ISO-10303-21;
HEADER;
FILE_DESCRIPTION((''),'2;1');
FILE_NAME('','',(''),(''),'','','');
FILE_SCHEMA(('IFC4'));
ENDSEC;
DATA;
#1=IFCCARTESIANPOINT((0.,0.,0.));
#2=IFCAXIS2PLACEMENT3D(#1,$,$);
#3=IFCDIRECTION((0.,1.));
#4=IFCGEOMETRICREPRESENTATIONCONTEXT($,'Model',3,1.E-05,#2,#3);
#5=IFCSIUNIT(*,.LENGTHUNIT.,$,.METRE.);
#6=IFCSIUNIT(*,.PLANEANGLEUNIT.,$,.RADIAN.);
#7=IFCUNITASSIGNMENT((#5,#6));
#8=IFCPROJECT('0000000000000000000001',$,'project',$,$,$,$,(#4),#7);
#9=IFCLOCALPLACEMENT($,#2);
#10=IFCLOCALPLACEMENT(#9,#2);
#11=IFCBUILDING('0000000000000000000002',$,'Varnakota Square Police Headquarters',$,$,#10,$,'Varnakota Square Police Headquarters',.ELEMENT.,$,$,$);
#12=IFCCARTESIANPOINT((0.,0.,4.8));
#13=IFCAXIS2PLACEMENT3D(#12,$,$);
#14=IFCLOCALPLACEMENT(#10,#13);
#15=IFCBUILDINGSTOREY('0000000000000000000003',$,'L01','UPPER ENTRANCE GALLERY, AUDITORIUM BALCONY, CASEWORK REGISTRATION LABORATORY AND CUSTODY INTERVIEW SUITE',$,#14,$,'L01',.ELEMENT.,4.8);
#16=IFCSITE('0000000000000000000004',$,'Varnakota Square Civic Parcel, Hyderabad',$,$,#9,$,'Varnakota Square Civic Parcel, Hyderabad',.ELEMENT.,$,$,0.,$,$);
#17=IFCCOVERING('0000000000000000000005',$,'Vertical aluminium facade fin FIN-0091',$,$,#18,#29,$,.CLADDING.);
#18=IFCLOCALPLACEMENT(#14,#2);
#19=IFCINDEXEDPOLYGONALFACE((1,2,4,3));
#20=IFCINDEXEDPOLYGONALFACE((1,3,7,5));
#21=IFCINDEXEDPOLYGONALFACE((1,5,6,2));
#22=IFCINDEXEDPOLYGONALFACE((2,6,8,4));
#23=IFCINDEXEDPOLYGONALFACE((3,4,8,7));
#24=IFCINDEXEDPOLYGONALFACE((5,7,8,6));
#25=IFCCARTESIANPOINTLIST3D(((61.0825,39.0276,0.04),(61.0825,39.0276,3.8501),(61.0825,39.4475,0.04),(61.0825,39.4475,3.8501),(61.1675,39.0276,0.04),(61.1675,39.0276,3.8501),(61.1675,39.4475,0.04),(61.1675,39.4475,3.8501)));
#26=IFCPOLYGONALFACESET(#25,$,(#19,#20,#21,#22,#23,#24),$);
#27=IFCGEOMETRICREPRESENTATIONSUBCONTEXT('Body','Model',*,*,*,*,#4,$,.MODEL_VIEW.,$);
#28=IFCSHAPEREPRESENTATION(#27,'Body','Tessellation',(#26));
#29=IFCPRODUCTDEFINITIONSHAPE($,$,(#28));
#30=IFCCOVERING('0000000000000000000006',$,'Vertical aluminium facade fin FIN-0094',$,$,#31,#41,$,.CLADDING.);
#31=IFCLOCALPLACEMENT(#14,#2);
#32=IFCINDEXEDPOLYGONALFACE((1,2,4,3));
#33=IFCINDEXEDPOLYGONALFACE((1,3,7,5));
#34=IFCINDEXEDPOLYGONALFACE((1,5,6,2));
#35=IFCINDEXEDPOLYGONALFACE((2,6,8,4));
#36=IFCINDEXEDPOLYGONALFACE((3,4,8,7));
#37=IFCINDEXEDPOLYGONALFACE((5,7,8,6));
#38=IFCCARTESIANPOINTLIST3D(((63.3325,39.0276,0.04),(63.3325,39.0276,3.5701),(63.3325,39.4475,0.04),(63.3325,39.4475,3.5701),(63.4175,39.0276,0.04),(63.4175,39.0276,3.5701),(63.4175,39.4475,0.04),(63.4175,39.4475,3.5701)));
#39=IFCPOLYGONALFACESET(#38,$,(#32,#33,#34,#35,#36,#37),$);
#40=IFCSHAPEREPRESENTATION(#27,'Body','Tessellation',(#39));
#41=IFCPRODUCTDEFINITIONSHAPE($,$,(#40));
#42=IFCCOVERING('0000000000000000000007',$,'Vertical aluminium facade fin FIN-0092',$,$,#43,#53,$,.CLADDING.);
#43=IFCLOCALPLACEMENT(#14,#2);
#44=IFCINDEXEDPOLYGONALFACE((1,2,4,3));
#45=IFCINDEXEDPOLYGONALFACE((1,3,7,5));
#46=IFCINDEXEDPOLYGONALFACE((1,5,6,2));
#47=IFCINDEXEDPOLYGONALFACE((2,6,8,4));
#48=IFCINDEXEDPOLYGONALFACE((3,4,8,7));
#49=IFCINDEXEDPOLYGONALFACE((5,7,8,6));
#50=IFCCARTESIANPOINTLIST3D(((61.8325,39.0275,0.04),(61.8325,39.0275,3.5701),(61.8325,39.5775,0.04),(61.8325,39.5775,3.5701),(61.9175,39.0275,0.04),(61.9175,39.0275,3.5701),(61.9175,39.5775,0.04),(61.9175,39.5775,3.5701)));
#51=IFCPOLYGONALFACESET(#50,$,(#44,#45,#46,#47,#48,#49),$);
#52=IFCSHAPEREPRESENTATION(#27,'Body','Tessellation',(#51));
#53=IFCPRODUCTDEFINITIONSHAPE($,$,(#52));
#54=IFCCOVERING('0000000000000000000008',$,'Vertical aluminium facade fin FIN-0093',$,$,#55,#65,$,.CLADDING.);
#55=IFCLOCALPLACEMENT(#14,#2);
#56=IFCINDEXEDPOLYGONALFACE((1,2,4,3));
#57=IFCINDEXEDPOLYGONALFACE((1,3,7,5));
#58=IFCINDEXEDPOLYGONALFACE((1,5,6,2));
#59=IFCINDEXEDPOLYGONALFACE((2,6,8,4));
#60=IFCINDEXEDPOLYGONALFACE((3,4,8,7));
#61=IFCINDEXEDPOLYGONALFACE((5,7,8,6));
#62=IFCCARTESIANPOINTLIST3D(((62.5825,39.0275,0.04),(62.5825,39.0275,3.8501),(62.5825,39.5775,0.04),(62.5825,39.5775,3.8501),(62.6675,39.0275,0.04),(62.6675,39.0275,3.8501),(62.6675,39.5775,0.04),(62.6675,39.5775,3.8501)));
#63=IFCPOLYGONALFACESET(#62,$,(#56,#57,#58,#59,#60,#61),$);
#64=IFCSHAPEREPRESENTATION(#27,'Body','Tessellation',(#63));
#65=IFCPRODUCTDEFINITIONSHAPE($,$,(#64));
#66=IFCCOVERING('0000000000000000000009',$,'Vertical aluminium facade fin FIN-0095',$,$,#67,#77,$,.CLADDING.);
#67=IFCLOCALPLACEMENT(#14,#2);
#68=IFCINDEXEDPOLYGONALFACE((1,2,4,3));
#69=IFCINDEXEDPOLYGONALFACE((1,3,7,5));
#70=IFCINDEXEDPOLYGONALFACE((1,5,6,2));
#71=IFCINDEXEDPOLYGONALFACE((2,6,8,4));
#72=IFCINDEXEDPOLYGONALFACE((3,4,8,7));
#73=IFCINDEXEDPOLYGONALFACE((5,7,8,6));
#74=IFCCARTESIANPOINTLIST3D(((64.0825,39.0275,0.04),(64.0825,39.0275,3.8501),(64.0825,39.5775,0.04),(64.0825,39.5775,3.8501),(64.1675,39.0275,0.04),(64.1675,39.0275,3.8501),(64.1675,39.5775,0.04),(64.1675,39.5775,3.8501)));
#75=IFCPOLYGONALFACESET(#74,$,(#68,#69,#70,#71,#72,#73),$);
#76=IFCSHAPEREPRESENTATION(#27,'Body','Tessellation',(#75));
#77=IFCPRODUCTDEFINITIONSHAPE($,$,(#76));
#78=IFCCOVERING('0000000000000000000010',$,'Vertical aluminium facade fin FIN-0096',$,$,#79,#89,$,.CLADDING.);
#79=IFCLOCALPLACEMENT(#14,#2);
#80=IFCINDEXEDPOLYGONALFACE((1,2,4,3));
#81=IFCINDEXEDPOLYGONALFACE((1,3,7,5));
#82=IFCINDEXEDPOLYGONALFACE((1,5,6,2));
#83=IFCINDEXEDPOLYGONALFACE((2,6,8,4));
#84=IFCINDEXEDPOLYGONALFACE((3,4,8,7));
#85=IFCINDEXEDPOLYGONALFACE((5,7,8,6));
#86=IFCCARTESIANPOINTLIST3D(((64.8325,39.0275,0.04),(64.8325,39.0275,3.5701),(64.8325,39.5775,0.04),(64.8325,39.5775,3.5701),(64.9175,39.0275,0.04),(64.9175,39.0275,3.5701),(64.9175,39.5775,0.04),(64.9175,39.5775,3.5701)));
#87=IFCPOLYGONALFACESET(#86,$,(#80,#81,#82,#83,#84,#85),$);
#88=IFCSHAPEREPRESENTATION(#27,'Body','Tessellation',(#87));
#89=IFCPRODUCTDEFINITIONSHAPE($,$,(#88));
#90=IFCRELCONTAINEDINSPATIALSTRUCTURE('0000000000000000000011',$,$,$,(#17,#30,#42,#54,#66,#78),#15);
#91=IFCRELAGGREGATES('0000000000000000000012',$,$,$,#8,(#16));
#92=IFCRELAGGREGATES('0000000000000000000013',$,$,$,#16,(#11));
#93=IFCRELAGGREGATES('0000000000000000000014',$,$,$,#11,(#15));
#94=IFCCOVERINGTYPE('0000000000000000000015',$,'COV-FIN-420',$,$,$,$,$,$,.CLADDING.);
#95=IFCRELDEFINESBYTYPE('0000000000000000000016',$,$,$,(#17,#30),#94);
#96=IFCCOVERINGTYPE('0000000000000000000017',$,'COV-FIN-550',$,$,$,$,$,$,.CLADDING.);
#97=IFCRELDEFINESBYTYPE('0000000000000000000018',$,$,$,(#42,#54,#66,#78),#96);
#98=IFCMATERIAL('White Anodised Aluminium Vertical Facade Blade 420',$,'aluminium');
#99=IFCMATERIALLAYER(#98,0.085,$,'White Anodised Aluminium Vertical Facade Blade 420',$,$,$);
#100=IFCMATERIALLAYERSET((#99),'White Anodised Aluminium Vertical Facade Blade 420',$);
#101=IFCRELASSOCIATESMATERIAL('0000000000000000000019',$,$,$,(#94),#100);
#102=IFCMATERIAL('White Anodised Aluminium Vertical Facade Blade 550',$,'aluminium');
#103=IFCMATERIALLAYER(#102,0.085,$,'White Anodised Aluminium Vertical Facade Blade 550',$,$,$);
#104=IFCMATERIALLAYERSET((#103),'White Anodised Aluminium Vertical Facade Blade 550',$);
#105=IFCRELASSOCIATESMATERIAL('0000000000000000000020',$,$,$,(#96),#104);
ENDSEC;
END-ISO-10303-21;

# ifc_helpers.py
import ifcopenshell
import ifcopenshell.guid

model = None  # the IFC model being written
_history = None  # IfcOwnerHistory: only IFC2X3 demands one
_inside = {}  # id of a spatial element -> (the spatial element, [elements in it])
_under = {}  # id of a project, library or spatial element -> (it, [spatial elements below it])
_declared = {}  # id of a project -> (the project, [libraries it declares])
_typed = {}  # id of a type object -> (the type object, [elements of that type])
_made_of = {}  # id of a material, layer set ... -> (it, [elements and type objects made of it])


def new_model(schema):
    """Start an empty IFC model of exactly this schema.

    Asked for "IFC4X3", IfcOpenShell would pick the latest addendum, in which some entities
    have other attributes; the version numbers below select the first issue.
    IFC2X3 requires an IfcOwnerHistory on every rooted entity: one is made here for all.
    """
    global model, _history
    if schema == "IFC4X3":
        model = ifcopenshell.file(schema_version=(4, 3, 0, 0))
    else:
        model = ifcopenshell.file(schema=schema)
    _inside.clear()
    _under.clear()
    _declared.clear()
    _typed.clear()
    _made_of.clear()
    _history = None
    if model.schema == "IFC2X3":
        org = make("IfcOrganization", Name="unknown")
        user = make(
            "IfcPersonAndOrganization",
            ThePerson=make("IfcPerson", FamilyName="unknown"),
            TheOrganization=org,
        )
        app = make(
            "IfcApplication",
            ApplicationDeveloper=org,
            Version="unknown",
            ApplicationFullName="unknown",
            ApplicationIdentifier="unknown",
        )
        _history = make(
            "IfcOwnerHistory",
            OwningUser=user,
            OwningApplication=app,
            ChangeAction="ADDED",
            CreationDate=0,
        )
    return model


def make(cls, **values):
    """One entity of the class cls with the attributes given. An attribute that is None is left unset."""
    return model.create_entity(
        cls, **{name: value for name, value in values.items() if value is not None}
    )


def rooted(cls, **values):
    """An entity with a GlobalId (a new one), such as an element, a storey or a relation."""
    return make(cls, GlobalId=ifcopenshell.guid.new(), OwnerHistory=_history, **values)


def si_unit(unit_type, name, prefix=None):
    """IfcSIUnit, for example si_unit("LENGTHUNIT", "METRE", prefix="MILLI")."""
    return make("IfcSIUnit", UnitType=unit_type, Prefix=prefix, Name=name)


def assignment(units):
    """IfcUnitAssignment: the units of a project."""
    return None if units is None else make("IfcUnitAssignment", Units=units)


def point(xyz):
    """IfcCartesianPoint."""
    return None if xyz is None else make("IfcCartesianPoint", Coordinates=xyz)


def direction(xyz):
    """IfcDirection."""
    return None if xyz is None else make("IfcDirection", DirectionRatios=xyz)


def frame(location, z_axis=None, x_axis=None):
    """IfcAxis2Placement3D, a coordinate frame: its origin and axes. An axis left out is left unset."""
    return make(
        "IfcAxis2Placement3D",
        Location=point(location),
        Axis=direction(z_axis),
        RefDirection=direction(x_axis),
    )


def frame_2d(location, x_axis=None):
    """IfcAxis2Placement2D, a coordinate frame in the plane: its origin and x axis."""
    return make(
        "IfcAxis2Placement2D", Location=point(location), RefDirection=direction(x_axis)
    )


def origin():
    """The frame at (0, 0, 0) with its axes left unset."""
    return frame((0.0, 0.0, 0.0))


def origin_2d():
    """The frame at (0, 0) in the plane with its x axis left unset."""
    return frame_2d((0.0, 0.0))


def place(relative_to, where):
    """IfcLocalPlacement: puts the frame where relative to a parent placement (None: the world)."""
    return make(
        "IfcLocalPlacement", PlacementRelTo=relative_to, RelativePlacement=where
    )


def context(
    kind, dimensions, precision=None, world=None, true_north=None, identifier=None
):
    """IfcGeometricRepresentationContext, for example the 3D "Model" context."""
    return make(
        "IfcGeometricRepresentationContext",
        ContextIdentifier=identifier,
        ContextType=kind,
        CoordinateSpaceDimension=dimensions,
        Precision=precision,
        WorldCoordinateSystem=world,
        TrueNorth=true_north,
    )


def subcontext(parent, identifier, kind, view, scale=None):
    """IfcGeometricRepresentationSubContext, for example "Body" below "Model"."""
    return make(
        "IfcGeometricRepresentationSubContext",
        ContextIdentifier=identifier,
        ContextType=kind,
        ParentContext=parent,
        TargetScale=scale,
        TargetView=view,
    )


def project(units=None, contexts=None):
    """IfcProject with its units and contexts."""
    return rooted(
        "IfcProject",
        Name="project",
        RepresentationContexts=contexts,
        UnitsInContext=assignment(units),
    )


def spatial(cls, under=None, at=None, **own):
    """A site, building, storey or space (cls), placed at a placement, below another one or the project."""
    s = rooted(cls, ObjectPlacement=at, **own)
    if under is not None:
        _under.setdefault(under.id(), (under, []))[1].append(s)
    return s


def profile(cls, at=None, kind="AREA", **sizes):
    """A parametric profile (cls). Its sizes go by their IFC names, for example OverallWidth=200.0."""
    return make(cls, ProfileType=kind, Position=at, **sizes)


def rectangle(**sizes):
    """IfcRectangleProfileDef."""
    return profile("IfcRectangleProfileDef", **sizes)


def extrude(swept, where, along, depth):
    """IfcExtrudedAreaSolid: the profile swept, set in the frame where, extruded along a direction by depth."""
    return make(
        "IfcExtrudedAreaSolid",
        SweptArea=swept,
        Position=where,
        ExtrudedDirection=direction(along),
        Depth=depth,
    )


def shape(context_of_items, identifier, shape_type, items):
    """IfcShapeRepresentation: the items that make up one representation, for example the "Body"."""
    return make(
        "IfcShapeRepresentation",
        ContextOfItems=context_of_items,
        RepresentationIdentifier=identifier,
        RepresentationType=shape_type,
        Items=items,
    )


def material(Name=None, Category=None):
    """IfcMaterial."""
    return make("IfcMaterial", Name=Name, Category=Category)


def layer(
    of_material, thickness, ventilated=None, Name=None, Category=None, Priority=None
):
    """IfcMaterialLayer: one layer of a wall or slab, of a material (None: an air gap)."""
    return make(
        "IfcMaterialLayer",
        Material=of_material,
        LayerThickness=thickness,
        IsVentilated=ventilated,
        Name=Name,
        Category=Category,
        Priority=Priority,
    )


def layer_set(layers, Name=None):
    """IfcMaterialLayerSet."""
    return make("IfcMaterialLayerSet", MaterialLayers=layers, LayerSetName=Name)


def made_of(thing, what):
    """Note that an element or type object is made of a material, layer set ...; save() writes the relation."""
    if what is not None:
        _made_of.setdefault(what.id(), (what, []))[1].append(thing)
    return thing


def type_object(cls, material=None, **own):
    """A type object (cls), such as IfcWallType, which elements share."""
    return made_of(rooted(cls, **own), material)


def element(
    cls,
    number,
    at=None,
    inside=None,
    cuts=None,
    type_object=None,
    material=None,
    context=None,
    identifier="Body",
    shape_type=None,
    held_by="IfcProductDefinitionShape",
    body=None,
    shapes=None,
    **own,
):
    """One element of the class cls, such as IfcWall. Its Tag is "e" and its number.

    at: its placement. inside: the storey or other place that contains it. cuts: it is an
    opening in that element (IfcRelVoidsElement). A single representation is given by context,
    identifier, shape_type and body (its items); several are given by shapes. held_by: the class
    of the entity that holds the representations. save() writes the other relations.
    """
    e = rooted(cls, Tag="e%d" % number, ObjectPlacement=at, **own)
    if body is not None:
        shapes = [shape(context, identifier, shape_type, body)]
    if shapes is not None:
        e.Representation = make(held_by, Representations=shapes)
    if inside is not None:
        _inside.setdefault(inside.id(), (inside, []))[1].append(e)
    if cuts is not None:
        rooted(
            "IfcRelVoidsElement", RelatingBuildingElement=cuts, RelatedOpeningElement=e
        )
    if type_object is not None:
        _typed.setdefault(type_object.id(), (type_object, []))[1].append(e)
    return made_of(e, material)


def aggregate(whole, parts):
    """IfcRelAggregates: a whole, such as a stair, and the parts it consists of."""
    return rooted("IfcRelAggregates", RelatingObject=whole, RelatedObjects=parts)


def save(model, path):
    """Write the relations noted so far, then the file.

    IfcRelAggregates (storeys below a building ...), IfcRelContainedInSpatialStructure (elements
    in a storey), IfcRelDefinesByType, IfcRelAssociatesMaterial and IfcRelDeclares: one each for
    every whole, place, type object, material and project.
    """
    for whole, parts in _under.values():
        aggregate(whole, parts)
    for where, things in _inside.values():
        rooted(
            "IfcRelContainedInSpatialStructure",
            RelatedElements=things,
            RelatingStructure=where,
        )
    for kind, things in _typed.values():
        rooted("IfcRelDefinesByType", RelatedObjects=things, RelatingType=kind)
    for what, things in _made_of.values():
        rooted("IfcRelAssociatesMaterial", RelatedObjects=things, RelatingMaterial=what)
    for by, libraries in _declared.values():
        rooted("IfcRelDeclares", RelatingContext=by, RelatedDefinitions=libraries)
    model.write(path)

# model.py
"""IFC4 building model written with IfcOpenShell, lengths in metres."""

from ifc_helpers import new_model, si_unit, direction, frame, origin, origin_2d, place, context, subcontext, project, spatial, rectangle, extrude, material, layer, layer_set, type_object, element, save


model = new_model("IFC4")

# Units and contexts
model_context = context("Model", 3, precision=1e-05, world=origin(), true_north=direction((0.0, 1.0)))
body_context = subcontext(model_context, "Body", "Model", "MODEL_VIEW")
ifc_project = project(units=[si_unit("LENGTHUNIT", "METRE"), si_unit("PLANEANGLEUNIT", "RADIAN")], contexts=[model_context])

# Site, building, storey
site_placement = place(None, origin())
site = spatial("IfcSite", under=ifc_project, at=site_placement, Name="Varnakota Square Civic Parcel, Hyderabad", LongName="Varnakota Square Civic Parcel, Hyderabad", CompositionType="ELEMENT", RefElevation=0.0)
building_placement = place(site_placement, origin())
building = spatial("IfcBuilding", under=site, at=building_placement, Name="Varnakota Square Police Headquarters", LongName="Varnakota Square Police Headquarters", CompositionType="ELEMENT")
storey_placement = place(building_placement, frame((0.0, 0.0, 4.8)))
storey = spatial("IfcBuildingStorey", under=building, at=storey_placement, Name="L01", Description="UPPER ENTRANCE GALLERY, AUDITORIUM BALCONY, CASEWORK REGISTRATION LABORATORY AND CUSTODY INTERVIEW SUITE", LongName="L01", CompositionType="ELEMENT", Elevation=4.8)

# Coverings
ifc_material_1 = material(Name="White Anodised Aluminium Vertical Facade Blade 420", Category="aluminium")
ifc_layer_1 = layer(ifc_material_1, 0.085, Name="White Anodised Aluminium Vertical Facade Blade 420")
ifc_layer_set_1 = layer_set([ifc_layer_1], Name="White Anodised Aluminium Vertical Facade Blade 420")
covering_type_1 = type_object("IfcCoveringType", Name="COV-FIN-420", PredefinedType="CLADDING", material=ifc_layer_set_1)
covering_1_placement = place(storey_placement, frame((61.125, 39.2375, 0.04), z_axis=(0.0, 0.0, 1.0), x_axis=(1.0, 0.0, 0.0)))
element("IfcCovering", 1, at=covering_1_placement, inside=storey, type_object=covering_type_1, Name="Vertical aluminium facade fin FIN-0091", PredefinedType="CLADDING", context=body_context, shape_type="SweptSolid", body=[
    extrude(rectangle(XDim=0.085, YDim=0.4199, at=origin_2d()), origin(), (0.0, 0.0, 1.0), 3.8101),
])
covering_2_placement = place(storey_placement, frame((63.375, 39.2375, 0.04), z_axis=(0.0, 0.0, 1.0), x_axis=(1.0, 0.0, 0.0)))
element("IfcCovering", 2, at=covering_2_placement, inside=storey, type_object=covering_type_1, Name="Vertical aluminium facade fin FIN-0094", PredefinedType="CLADDING", context=body_context, shape_type="SweptSolid", body=[
    extrude(rectangle(XDim=0.085, YDim=0.4199, at=origin_2d()), origin(), (0.0, 0.0, 1.0), 3.53),
])
ifc_material_2 = material(Name="White Anodised Aluminium Vertical Facade Blade 550", Category="aluminium")
ifc_layer_2 = layer(ifc_material_2, 0.085, Name="White Anodised Aluminium Vertical Facade Blade 550")
ifc_layer_set_2 = layer_set([ifc_layer_2], Name="White Anodised Aluminium Vertical Facade Blade 550")
covering_type_2 = type_object("IfcCoveringType", Name="COV-FIN-550", PredefinedType="CLADDING", material=ifc_layer_set_2)
covering_3_placement = place(storey_placement, frame((61.875, 39.3025, 0.04), z_axis=(0.0, 0.0, 1.0), x_axis=(1.0, 0.0, 0.0)))
element("IfcCovering", 3, at=covering_3_placement, inside=storey, type_object=covering_type_2, Name="Vertical aluminium facade fin FIN-0092", PredefinedType="CLADDING", context=body_context, shape_type="SweptSolid", body=[
    extrude(rectangle(XDim=0.085, YDim=0.55, at=origin_2d()), origin(), (0.0, 0.0, 1.0), 3.53),
])
for number, where, z_axis, x_axis, name in (
    (4, (62.625, 39.3025, 0.04), (0.0, 0.0, 1.0), (1.0, 0.0, 0.0), "Vertical aluminium facade fin FIN-0093"),
    (5, (64.125, 39.3025, 0.04), (0.0, 0.0, 1.0), (1.0, 0.0, 0.0), "Vertical aluminium facade fin FIN-0095"),
):
    element("IfcCovering", number, at=place(storey_placement, frame(where, z_axis=z_axis, x_axis=x_axis)), inside=storey, type_object=covering_type_2, Name=name, PredefinedType="CLADDING", context=body_context, shape_type="SweptSolid", body=[
        extrude(rectangle(XDim=0.085, YDim=0.55, at=origin_2d()), origin(), (0.0, 0.0, 1.0), 3.8101),
    ])
covering_4_placement = place(storey_placement, frame((64.875, 39.3025, 0.04), z_axis=(0.0, 0.0, 1.0), x_axis=(1.0, 0.0, 0.0)))
element("IfcCovering", 6, at=covering_4_placement, inside=storey, type_object=covering_type_2, Name="Vertical aluminium facade fin FIN-0096", PredefinedType="CLADDING", context=body_context, shape_type="SweptSolid", body=[
    extrude(rectangle(XDim=0.085, YDim=0.55, at=origin_2d()), origin(), (0.0, 0.0, 1.0), 3.53),
])

save(model, "model.ifc")
